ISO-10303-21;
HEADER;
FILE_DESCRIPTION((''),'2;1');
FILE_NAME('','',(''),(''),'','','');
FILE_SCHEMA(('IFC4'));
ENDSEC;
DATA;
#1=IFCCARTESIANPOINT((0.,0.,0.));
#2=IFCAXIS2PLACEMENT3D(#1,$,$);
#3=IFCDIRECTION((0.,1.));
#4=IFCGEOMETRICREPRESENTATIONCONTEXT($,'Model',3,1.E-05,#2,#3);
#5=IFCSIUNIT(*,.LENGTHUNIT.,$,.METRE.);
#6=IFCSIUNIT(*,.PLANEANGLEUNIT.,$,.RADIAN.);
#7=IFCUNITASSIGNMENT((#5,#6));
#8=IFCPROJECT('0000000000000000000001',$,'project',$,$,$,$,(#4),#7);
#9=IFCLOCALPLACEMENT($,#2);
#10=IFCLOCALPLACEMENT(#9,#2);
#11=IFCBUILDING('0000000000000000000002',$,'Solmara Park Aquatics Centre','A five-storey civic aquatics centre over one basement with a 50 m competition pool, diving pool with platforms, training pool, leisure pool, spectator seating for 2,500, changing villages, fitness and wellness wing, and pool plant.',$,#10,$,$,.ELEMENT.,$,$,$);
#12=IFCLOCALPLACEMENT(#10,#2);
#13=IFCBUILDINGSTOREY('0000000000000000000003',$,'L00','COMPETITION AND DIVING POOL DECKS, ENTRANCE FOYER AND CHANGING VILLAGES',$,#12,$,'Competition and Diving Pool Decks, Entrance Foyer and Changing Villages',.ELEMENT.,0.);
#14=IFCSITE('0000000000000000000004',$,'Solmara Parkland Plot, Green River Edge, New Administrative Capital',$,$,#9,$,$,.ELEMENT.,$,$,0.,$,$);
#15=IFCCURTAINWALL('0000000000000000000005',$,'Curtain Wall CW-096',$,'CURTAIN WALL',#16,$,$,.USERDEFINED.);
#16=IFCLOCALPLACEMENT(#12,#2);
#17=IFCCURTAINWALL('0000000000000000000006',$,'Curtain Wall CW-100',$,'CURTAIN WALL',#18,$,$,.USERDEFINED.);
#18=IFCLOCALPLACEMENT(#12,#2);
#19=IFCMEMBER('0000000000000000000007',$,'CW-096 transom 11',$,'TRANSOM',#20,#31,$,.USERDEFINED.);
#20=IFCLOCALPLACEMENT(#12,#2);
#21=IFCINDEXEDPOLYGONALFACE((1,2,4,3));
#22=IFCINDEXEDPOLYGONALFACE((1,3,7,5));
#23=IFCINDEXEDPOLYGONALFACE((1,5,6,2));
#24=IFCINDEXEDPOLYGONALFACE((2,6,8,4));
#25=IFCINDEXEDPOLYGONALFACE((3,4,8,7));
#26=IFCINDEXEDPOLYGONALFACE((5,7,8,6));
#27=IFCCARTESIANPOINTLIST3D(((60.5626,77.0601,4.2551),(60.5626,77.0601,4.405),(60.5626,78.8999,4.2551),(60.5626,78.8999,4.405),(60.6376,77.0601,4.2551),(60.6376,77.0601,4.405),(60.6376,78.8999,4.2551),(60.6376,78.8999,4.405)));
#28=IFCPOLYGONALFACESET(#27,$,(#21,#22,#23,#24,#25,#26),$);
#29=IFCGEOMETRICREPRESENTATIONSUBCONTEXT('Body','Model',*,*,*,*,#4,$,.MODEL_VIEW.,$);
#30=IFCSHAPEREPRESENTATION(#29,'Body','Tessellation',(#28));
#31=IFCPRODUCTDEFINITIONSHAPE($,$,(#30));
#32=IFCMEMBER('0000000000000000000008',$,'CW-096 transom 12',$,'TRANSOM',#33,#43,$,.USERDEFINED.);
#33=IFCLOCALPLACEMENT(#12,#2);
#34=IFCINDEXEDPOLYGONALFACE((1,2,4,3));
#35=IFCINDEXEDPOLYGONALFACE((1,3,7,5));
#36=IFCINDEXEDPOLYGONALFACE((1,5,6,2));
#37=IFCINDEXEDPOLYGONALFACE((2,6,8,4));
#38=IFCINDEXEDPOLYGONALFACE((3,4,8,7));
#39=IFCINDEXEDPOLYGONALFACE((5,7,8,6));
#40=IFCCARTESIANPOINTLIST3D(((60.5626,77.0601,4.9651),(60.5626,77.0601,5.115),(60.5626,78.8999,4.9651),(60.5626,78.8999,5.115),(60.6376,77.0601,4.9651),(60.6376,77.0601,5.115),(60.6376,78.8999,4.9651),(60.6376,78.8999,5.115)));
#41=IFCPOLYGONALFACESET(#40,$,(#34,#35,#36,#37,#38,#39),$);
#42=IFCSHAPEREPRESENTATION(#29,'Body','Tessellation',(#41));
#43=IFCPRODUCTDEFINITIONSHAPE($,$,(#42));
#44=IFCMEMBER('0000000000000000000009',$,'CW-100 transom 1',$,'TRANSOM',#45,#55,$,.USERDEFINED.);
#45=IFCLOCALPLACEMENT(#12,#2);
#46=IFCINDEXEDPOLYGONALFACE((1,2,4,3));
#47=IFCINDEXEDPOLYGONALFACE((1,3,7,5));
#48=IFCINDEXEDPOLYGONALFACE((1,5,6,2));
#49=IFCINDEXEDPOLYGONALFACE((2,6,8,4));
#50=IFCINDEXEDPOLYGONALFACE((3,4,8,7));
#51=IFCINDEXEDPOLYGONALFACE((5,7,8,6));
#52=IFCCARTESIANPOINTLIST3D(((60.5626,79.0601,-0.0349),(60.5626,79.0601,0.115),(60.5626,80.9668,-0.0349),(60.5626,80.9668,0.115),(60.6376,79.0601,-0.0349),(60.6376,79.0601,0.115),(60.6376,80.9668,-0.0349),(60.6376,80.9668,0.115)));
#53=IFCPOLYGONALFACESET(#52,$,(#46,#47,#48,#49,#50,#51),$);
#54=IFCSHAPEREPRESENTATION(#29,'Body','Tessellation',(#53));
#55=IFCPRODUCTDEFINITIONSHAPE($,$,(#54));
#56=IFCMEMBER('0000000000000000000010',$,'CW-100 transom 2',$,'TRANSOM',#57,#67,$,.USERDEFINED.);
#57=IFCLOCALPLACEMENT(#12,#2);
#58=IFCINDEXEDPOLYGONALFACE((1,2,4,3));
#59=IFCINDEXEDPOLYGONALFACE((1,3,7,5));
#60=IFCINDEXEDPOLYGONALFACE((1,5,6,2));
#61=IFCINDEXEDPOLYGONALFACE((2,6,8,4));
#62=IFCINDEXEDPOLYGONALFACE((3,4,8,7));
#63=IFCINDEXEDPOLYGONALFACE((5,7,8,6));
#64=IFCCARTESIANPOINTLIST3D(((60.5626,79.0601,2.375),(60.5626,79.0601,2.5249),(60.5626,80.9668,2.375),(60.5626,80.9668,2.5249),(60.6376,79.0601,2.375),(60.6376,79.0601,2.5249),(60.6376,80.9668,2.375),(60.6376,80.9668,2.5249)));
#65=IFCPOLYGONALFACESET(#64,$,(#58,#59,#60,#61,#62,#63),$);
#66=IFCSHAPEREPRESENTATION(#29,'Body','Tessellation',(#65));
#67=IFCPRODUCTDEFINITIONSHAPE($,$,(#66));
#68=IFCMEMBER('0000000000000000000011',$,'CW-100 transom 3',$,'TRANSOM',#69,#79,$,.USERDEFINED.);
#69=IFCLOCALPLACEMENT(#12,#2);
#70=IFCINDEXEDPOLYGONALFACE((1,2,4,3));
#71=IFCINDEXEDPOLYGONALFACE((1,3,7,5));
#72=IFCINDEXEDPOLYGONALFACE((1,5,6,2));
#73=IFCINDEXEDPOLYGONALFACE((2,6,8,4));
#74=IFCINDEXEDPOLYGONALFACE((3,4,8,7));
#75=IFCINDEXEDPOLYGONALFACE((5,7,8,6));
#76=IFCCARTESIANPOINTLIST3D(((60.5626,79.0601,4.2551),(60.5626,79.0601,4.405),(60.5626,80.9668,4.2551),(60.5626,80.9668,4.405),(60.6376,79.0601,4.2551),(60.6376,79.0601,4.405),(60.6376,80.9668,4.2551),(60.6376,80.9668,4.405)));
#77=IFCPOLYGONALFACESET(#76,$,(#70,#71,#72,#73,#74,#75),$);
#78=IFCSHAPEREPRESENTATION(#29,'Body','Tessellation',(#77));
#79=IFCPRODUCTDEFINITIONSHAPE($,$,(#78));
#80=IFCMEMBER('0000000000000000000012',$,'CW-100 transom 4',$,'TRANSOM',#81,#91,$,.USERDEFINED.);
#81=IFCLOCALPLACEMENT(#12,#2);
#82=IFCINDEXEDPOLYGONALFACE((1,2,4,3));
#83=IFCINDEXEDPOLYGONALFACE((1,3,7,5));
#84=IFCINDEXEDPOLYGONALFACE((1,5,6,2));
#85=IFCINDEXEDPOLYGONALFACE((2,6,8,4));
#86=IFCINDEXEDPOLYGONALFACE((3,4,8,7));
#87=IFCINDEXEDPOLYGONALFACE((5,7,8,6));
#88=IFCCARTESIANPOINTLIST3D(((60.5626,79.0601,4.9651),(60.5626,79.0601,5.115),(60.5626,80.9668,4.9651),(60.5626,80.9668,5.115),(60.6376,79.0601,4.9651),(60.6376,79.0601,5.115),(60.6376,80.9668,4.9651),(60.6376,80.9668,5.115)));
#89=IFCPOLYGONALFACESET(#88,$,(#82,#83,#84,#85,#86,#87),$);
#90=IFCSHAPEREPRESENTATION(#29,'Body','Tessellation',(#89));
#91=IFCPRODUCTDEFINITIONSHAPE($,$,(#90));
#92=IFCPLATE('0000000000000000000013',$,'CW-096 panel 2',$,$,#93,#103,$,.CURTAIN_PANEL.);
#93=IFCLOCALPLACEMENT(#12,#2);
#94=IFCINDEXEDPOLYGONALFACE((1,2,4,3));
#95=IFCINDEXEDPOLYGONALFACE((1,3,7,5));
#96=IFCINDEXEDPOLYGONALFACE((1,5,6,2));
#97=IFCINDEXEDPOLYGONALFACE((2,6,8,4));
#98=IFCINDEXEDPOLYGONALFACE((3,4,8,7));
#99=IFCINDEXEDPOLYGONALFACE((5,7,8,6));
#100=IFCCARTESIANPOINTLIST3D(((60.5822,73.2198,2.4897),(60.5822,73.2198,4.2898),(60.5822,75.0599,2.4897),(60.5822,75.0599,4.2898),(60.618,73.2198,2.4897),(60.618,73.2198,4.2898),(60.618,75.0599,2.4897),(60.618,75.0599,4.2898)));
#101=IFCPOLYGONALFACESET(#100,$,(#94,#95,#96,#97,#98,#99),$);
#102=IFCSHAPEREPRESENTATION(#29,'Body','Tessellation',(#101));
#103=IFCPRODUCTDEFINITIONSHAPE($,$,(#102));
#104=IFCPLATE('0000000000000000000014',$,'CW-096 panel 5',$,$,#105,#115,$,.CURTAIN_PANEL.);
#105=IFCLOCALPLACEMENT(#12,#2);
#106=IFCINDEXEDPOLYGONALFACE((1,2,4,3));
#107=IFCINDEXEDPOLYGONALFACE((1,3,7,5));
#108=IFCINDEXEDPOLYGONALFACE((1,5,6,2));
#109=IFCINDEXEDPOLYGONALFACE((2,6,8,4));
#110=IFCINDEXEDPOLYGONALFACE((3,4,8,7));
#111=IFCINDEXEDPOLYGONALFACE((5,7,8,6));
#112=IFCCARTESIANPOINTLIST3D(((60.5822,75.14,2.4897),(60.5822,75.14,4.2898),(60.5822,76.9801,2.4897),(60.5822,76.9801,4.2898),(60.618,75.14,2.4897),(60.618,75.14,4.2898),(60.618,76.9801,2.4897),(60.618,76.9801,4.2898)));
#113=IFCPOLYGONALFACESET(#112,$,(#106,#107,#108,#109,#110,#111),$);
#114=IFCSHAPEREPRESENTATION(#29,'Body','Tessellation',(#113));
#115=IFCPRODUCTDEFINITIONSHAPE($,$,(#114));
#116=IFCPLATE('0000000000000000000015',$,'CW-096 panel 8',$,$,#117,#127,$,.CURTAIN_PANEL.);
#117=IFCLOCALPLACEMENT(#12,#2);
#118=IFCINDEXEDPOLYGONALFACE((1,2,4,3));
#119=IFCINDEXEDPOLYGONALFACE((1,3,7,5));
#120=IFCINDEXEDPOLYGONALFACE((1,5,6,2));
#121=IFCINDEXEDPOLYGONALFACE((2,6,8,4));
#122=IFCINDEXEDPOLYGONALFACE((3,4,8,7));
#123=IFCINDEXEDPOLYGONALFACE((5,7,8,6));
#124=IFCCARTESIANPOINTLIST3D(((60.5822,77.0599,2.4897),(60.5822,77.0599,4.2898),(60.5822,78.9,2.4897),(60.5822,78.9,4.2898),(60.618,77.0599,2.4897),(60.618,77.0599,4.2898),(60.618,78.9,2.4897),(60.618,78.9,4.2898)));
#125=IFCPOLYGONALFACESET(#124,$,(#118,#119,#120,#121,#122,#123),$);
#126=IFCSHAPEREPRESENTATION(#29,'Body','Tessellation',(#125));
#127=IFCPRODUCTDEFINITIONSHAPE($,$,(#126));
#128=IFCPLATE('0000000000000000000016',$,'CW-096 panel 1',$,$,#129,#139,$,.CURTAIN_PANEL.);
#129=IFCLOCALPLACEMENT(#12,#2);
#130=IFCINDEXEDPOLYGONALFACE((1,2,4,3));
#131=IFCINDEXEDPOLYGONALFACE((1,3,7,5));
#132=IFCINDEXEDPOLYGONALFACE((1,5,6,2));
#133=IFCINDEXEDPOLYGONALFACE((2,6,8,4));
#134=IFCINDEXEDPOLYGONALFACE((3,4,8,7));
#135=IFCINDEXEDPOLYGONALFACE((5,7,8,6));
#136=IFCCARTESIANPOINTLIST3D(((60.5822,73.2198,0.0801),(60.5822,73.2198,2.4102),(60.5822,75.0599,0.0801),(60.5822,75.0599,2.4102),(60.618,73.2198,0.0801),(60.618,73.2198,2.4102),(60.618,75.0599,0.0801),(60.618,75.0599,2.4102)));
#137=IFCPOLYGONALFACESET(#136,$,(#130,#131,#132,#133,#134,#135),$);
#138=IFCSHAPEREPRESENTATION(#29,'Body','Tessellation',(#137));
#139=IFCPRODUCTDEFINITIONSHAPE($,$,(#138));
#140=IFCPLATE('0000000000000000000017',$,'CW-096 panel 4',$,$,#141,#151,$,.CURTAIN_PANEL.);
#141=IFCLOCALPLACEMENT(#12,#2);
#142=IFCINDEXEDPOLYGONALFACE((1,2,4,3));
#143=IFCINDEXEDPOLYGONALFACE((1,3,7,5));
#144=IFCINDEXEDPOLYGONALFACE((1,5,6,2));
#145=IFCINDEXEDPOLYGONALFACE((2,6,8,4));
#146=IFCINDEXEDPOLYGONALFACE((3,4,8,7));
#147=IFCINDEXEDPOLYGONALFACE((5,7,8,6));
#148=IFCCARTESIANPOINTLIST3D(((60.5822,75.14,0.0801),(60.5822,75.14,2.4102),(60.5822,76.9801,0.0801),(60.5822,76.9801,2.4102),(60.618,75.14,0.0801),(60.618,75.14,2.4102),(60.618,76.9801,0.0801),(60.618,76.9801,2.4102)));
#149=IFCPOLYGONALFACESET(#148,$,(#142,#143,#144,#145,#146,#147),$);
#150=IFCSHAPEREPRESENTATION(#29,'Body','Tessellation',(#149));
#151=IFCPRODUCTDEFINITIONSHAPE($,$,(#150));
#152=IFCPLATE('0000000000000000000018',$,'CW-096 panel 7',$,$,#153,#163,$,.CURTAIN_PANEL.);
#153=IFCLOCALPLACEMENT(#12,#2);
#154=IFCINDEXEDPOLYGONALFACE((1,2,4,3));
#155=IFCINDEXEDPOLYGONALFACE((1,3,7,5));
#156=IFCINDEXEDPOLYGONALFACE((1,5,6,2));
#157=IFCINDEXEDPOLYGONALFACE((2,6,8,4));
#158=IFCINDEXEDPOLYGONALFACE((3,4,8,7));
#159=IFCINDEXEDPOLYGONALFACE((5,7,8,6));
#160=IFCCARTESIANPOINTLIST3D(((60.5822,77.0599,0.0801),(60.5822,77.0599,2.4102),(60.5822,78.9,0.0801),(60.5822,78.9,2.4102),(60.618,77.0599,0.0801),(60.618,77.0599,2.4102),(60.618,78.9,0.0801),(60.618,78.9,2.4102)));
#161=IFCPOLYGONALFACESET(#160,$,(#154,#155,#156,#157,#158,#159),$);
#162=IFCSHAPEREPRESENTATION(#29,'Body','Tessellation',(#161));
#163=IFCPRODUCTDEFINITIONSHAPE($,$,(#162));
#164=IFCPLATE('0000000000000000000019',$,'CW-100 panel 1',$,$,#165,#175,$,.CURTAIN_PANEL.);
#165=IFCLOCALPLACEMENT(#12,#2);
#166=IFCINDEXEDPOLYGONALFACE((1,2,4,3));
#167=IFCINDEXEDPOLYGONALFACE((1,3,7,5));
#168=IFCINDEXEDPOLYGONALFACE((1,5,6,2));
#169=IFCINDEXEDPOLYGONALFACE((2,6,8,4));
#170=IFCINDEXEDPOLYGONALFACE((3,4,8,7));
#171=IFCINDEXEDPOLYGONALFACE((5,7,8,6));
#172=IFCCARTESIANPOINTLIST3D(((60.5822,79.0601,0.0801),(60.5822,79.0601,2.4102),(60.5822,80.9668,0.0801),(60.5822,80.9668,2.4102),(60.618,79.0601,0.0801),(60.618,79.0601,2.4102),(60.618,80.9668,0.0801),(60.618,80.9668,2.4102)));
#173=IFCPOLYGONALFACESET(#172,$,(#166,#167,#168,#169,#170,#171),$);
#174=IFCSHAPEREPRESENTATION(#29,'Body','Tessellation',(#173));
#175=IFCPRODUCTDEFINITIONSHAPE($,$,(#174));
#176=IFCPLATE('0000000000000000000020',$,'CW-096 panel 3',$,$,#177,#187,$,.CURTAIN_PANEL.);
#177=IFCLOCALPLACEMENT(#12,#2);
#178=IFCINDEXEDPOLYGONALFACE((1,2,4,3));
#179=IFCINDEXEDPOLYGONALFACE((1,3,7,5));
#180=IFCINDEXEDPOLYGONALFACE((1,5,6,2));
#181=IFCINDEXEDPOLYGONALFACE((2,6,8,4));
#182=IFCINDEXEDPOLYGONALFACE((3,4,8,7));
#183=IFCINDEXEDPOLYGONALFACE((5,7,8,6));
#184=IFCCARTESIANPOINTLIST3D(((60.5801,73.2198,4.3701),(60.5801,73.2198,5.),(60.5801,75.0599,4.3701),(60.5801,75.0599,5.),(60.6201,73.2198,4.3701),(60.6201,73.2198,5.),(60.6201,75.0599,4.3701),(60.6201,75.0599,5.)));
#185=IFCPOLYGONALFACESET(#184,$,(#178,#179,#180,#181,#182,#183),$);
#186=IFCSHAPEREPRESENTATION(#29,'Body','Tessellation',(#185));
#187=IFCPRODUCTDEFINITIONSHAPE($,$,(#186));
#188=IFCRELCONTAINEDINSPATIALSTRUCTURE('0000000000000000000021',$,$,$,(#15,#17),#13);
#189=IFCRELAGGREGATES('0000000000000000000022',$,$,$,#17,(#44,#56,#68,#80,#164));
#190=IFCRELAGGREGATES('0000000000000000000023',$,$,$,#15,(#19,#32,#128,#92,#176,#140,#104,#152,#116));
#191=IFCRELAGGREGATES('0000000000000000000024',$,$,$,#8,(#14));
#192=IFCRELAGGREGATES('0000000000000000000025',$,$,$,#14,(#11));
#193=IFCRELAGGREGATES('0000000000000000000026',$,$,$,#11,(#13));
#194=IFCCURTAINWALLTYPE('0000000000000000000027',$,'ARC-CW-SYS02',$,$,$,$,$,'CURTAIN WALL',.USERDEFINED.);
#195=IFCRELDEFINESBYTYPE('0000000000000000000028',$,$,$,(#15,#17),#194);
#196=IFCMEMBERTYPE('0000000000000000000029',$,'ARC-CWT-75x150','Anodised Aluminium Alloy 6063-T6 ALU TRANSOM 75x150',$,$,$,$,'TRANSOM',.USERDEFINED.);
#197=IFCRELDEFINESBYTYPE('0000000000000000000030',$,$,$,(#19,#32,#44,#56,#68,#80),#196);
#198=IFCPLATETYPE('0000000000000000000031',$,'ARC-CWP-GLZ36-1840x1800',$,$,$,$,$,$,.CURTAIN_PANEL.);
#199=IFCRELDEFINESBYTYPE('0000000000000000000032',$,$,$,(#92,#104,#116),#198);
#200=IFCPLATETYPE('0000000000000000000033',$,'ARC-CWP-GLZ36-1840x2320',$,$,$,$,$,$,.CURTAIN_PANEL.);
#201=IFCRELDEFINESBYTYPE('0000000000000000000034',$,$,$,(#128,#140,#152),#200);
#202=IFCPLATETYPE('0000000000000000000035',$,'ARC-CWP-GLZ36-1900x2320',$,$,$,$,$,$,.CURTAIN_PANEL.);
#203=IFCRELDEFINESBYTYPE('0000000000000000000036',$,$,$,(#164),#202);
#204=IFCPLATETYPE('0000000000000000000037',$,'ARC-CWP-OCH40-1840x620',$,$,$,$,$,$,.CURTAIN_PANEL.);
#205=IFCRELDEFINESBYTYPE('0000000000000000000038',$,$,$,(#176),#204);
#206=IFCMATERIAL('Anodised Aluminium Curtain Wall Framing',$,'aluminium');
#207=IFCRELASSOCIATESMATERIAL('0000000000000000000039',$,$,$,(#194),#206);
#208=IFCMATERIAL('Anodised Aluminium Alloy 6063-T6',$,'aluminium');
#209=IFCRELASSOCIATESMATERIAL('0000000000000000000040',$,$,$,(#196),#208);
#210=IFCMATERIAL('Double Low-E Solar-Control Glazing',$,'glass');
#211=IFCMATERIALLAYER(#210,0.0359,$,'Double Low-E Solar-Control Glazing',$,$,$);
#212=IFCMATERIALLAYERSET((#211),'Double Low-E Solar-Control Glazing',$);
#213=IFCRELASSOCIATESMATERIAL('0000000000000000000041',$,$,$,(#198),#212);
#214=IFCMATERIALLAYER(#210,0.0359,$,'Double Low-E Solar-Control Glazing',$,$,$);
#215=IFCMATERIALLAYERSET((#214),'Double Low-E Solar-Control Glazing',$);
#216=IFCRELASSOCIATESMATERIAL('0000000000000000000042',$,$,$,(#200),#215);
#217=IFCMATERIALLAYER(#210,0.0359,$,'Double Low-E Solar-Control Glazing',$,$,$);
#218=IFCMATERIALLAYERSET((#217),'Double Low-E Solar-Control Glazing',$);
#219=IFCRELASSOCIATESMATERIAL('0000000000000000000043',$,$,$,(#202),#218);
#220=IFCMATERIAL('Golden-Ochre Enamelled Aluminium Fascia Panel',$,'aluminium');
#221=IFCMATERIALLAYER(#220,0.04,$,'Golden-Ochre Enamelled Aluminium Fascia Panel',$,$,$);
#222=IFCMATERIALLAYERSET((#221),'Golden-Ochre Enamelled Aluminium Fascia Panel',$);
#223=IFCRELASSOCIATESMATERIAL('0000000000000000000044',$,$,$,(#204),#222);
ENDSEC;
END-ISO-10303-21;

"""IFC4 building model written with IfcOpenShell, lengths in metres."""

from ifc_helpers import new_model, si_unit, direction, frame, origin, origin_2d, place, context, subcontext, project, spatial, rectangle, extrude, material, layer, layer_set, material_profile, profile_set, type_object, element, aggregate, save


model = new_model("IFC4")

# Units and contexts
model_context = context("Model", 3, precision=1e-05, world=origin(), true_north=direction((0.0, 1.0)))
body_context = subcontext(model_context, "Body", "Model", "MODEL_VIEW")
ifc_project = project(units=[si_unit("LENGTHUNIT", "METRE"), si_unit("PLANEANGLEUNIT", "RADIAN")], contexts=[model_context])

# Site, building, storey
site_placement = place(None, origin())
site = spatial("IfcSite", under=ifc_project, at=site_placement, Name="Solmara Parkland Plot, Green River Edge, New Administrative Capital", CompositionType="ELEMENT", RefElevation=0.0)
building_placement = place(site_placement, origin())
building = spatial("IfcBuilding", under=site, at=building_placement, Name="Solmara Park Aquatics Centre", Description="A five-storey civic aquatics centre over one basement with a 50 m competition pool, diving pool with platforms, training pool, leisure pool, spectator seating for 2,500, changing villages, fitness and wellness wing, and pool plant.", CompositionType="ELEMENT")
storey_placement = place(building_placement, origin())
storey = spatial("IfcBuildingStorey", under=building, at=storey_placement, Name="L00", Description="COMPETITION AND DIVING POOL DECKS, ENTRANCE FOYER AND CHANGING VILLAGES", LongName="Competition and Diving Pool Decks, Entrance Foyer and Changing Villages", CompositionType="ELEMENT", Elevation=0.0)

# Curtain wall
ifc_material_1 = material(Name="Anodised Aluminium Curtain Wall Framing", Category="aluminium")
curtain_wall_type = type_object("IfcCurtainWallType", Name="ARC-CW-SYS02", ElementType="CURTAIN WALL", PredefinedType="USERDEFINED", material=ifc_material_1)
curtain_wall_1_placement = place(storey_placement, origin())
curtain_wall_1 = element("IfcCurtainWall", 1, at=curtain_wall_1_placement, inside=storey, type_object=curtain_wall_type, Name="Curtain Wall CW-096", ObjectType="CURTAIN WALL", PredefinedType="USERDEFINED")
ifc_material_2 = material(Name="Anodised Aluminium Alloy 6063-T6", Category="aluminium")

# Curtain wall
curtain_wall_2_placement = place(storey_placement, origin())
curtain_wall_2 = element("IfcCurtainWall", 2, at=curtain_wall_2_placement, inside=storey, type_object=curtain_wall_type, Name="Curtain Wall CW-100", ObjectType="CURTAIN WALL", PredefinedType="USERDEFINED")

# Members
ifc_material_profile_1 = material_profile(ifc_material_2, rectangle(XDim=0.075, YDim=0.1499, at=origin_2d()), Name="ALU TRANSOM 75x150")
ifc_profile_set_1 = profile_set([ifc_material_profile_1], Name="Anodised Aluminium Alloy 6063-T6")
member_type_1 = type_object("IfcMemberType", Name="ARC-CWT-75x150", Description="Anodised Aluminium Alloy 6063-T6 ALU TRANSOM 75x150", ElementType="TRANSOM", PredefinedType="USERDEFINED", material=ifc_profile_set_1)
member_1_placement = place(storey_placement, frame((60.6001, 77.0601, 4.3301), z_axis=(0.0, 1.0, 0.0), x_axis=(-1.0, 0.0, 0.0)))
member_1 = element("IfcMember", 3, at=member_1_placement, type_object=member_type_1, Name="CW-096 transom 11", ObjectType="TRANSOM", PredefinedType="USERDEFINED", context=body_context, shape_type="SweptSolid", body=[
    extrude(rectangle(XDim=0.075, YDim=0.1499, at=origin_2d()), origin(), (0.0, 0.0, 1.0), 1.8398),
])
member_2_placement = place(storey_placement, frame((60.6001, 77.0601, 5.04), z_axis=(0.0, 1.0, 0.0), x_axis=(-1.0, 0.0, 0.0)))
member_2 = element("IfcMember", 4, at=member_2_placement, type_object=member_type_1, Name="CW-096 transom 12", ObjectType="TRANSOM", PredefinedType="USERDEFINED", context=body_context, shape_type="SweptSolid", body=[
    extrude(rectangle(XDim=0.075, YDim=0.1499, at=origin_2d()), origin(), (0.0, 0.0, 1.0), 1.8398),
])
member_3_placement = place(storey_placement, frame((60.6001, 79.0601, 0.04), z_axis=(0.0, 1.0, 0.0), x_axis=(-1.0, 0.0, 0.0)))
member_3 = element("IfcMember", 5, at=member_3_placement, type_object=member_type_1, Name="CW-100 transom 1", ObjectType="TRANSOM", PredefinedType="USERDEFINED", context=body_context, shape_type="SweptSolid", body=[
    extrude(rectangle(XDim=0.075, YDim=0.1499, at=origin_2d()), origin(), (0.0, 0.0, 1.0), 1.9067),
])
member_4_placement = place(storey_placement, frame((60.6001, 79.0601, 2.45), z_axis=(0.0, 1.0, 0.0), x_axis=(-1.0, 0.0, 0.0)))
member_4 = element("IfcMember", 6, at=member_4_placement, type_object=member_type_1, Name="CW-100 transom 2", ObjectType="TRANSOM", PredefinedType="USERDEFINED", context=body_context, shape_type="SweptSolid", body=[
    extrude(rectangle(XDim=0.075, YDim=0.1499, at=origin_2d()), origin(), (0.0, 0.0, 1.0), 1.9067),
])
member_5_placement = place(storey_placement, frame((60.6001, 79.0601, 4.3301), z_axis=(0.0, 1.0, 0.0), x_axis=(-1.0, 0.0, 0.0)))
member_5 = element("IfcMember", 7, at=member_5_placement, type_object=member_type_1, Name="CW-100 transom 3", ObjectType="TRANSOM", PredefinedType="USERDEFINED", context=body_context, shape_type="SweptSolid", body=[
    extrude(rectangle(XDim=0.075, YDim=0.1499, at=origin_2d()), origin(), (0.0, 0.0, 1.0), 1.9067),
])
member_6_placement = place(storey_placement, frame((60.6001, 79.0601, 5.04), z_axis=(0.0, 1.0, 0.0), x_axis=(-1.0, 0.0, 0.0)))
member_6 = element("IfcMember", 8, at=member_6_placement, type_object=member_type_1, Name="CW-100 transom 4", ObjectType="TRANSOM", PredefinedType="USERDEFINED", context=body_context, shape_type="SweptSolid", body=[
    extrude(rectangle(XDim=0.075, YDim=0.1499, at=origin_2d()), origin(), (0.0, 0.0, 1.0), 1.9067),
])

# Plates
ifc_material_3 = material(Name="Double Low-E Solar-Control Glazing", Category="glass")
ifc_layer_1 = layer(ifc_material_3, 0.0359, Name="Double Low-E Solar-Control Glazing")
ifc_layer_set_1 = layer_set([ifc_layer_1], Name="Double Low-E Solar-Control Glazing")
plate_type_1 = type_object("IfcPlateType", Name="ARC-CWP-GLZ36-1840x1800", PredefinedType="CURTAIN_PANEL", material=ifc_layer_set_1)
plate_1_placement = place(storey_placement, frame((60.6001, 74.1399, 2.4897), z_axis=(0.0, 0.0, 1.0), x_axis=(0.0, 1.0, 0.0)))
plate_1 = element("IfcPlate", 9, at=plate_1_placement, type_object=plate_type_1, Name="CW-096 panel 2", PredefinedType="CURTAIN_PANEL", context=body_context, shape_type="SweptSolid", body=[
    extrude(rectangle(XDim=1.8401, YDim=0.0359, at=origin_2d()), origin(), (0.0, 0.0, 1.0), 1.8),
])
plate_2_placement = place(storey_placement, frame((60.6001, 76.0601, 2.4897), z_axis=(0.0, 0.0, 1.0), x_axis=(0.0, 1.0, 0.0)))
plate_2 = element("IfcPlate", 10, at=plate_2_placement, type_object=plate_type_1, Name="CW-096 panel 5", PredefinedType="CURTAIN_PANEL", context=body_context, shape_type="SweptSolid", body=[
    extrude(rectangle(XDim=1.8401, YDim=0.0359, at=origin_2d()), origin(), (0.0, 0.0, 1.0), 1.8),
])
plate_3_placement = place(storey_placement, frame((60.6001, 77.98, 2.4897), z_axis=(0.0, 0.0, 1.0), x_axis=(0.0, 1.0, 0.0)))
plate_3 = element("IfcPlate", 11, at=plate_3_placement, type_object=plate_type_1, Name="CW-096 panel 8", PredefinedType="CURTAIN_PANEL", context=body_context, shape_type="SweptSolid", body=[
    extrude(rectangle(XDim=1.8401, YDim=0.0359, at=origin_2d()), origin(), (0.0, 0.0, 1.0), 1.8),
])
ifc_layer_2 = layer(ifc_material_3, 0.0359, Name="Double Low-E Solar-Control Glazing")
ifc_layer_set_2 = layer_set([ifc_layer_2], Name="Double Low-E Solar-Control Glazing")
plate_type_2 = type_object("IfcPlateType", Name="ARC-CWP-GLZ36-1840x2320", PredefinedType="CURTAIN_PANEL", material=ifc_layer_set_2)
plate_4_placement = place(storey_placement, frame((60.6001, 74.1399, 0.0801), z_axis=(0.0, 0.0, 1.0), x_axis=(0.0, 1.0, 0.0)))
plate_4 = element("IfcPlate", 12, at=plate_4_placement, type_object=plate_type_2, Name="CW-096 panel 1", PredefinedType="CURTAIN_PANEL", context=body_context, shape_type="SweptSolid", body=[
    extrude(rectangle(XDim=1.8401, YDim=0.0359, at=origin_2d()), origin(), (0.0, 0.0, 1.0), 2.3301),
])
plate_5_placement = place(storey_placement, frame((60.6001, 76.0601, 0.0801), z_axis=(0.0, 0.0, 1.0), x_axis=(0.0, 1.0, 0.0)))
plate_5 = element("IfcPlate", 13, at=plate_5_placement, type_object=plate_type_2, Name="CW-096 panel 4", PredefinedType="CURTAIN_PANEL", context=body_context, shape_type="SweptSolid", body=[
    extrude(rectangle(XDim=1.8401, YDim=0.0359, at=origin_2d()), origin(), (0.0, 0.0, 1.0), 2.3301),
])
plate_6_placement = place(storey_placement, frame((60.6001, 77.98, 0.0801), z_axis=(0.0, 0.0, 1.0), x_axis=(0.0, 1.0, 0.0)))
plate_6 = element("IfcPlate", 14, at=plate_6_placement, type_object=plate_type_2, Name="CW-096 panel 7", PredefinedType="CURTAIN_PANEL", context=body_context, shape_type="SweptSolid", body=[
    extrude(rectangle(XDim=1.8401, YDim=0.0359, at=origin_2d()), origin(), (0.0, 0.0, 1.0), 2.3301),
])
ifc_layer_3 = layer(ifc_material_3, 0.0359, Name="Double Low-E Solar-Control Glazing")
ifc_layer_set_3 = layer_set([ifc_layer_3], Name="Double Low-E Solar-Control Glazing")
plate_type_3 = type_object("IfcPlateType", Name="ARC-CWP-GLZ36-1900x2320", PredefinedType="CURTAIN_PANEL", material=ifc_layer_set_3)
plate_7_placement = place(storey_placement, frame((60.6001, 80.0134, 0.0801), z_axis=(0.0, 0.0, 1.0), x_axis=(0.0, 1.0, 0.0)))
plate_7 = element("IfcPlate", 15, at=plate_7_placement, type_object=plate_type_3, Name="CW-100 panel 1", PredefinedType="CURTAIN_PANEL", context=body_context, shape_type="SweptSolid", body=[
    extrude(rectangle(XDim=1.9067, YDim=0.0359, at=origin_2d()), origin(), (0.0, 0.0, 1.0), 2.3301),
])
aggregate(curtain_wall_2, [member_3, member_4, member_5, member_6, plate_7])
ifc_material_4 = material(Name="Golden-Ochre Enamelled Aluminium Fascia Panel", Category="aluminium")
ifc_layer_4 = layer(ifc_material_4, 0.04, Name="Golden-Ochre Enamelled Aluminium Fascia Panel")
ifc_layer_set_4 = layer_set([ifc_layer_4], Name="Golden-Ochre Enamelled Aluminium Fascia Panel")
plate_type_4 = type_object("IfcPlateType", Name="ARC-CWP-OCH40-1840x620", PredefinedType="CURTAIN_PANEL", material=ifc_layer_set_4)
plate_8_placement = place(storey_placement, frame((60.6001, 74.1399, 4.3701), z_axis=(0.0, 0.0, 1.0), x_axis=(0.0, 1.0, 0.0)))
plate_8 = element("IfcPlate", 16, at=plate_8_placement, type_object=plate_type_4, Name="CW-096 panel 3", PredefinedType="CURTAIN_PANEL", context=body_context, shape_type="SweptSolid", body=[
    extrude(rectangle(XDim=1.8401, YDim=0.04, at=origin_2d()), origin(), (0.0, 0.0, 1.0), 0.6299),
])
aggregate(curtain_wall_1, [member_1, member_2, plate_4, plate_1, plate_8, plate_5, plate_2, plate_6, plate_3])

save(model, "model.ifc")
